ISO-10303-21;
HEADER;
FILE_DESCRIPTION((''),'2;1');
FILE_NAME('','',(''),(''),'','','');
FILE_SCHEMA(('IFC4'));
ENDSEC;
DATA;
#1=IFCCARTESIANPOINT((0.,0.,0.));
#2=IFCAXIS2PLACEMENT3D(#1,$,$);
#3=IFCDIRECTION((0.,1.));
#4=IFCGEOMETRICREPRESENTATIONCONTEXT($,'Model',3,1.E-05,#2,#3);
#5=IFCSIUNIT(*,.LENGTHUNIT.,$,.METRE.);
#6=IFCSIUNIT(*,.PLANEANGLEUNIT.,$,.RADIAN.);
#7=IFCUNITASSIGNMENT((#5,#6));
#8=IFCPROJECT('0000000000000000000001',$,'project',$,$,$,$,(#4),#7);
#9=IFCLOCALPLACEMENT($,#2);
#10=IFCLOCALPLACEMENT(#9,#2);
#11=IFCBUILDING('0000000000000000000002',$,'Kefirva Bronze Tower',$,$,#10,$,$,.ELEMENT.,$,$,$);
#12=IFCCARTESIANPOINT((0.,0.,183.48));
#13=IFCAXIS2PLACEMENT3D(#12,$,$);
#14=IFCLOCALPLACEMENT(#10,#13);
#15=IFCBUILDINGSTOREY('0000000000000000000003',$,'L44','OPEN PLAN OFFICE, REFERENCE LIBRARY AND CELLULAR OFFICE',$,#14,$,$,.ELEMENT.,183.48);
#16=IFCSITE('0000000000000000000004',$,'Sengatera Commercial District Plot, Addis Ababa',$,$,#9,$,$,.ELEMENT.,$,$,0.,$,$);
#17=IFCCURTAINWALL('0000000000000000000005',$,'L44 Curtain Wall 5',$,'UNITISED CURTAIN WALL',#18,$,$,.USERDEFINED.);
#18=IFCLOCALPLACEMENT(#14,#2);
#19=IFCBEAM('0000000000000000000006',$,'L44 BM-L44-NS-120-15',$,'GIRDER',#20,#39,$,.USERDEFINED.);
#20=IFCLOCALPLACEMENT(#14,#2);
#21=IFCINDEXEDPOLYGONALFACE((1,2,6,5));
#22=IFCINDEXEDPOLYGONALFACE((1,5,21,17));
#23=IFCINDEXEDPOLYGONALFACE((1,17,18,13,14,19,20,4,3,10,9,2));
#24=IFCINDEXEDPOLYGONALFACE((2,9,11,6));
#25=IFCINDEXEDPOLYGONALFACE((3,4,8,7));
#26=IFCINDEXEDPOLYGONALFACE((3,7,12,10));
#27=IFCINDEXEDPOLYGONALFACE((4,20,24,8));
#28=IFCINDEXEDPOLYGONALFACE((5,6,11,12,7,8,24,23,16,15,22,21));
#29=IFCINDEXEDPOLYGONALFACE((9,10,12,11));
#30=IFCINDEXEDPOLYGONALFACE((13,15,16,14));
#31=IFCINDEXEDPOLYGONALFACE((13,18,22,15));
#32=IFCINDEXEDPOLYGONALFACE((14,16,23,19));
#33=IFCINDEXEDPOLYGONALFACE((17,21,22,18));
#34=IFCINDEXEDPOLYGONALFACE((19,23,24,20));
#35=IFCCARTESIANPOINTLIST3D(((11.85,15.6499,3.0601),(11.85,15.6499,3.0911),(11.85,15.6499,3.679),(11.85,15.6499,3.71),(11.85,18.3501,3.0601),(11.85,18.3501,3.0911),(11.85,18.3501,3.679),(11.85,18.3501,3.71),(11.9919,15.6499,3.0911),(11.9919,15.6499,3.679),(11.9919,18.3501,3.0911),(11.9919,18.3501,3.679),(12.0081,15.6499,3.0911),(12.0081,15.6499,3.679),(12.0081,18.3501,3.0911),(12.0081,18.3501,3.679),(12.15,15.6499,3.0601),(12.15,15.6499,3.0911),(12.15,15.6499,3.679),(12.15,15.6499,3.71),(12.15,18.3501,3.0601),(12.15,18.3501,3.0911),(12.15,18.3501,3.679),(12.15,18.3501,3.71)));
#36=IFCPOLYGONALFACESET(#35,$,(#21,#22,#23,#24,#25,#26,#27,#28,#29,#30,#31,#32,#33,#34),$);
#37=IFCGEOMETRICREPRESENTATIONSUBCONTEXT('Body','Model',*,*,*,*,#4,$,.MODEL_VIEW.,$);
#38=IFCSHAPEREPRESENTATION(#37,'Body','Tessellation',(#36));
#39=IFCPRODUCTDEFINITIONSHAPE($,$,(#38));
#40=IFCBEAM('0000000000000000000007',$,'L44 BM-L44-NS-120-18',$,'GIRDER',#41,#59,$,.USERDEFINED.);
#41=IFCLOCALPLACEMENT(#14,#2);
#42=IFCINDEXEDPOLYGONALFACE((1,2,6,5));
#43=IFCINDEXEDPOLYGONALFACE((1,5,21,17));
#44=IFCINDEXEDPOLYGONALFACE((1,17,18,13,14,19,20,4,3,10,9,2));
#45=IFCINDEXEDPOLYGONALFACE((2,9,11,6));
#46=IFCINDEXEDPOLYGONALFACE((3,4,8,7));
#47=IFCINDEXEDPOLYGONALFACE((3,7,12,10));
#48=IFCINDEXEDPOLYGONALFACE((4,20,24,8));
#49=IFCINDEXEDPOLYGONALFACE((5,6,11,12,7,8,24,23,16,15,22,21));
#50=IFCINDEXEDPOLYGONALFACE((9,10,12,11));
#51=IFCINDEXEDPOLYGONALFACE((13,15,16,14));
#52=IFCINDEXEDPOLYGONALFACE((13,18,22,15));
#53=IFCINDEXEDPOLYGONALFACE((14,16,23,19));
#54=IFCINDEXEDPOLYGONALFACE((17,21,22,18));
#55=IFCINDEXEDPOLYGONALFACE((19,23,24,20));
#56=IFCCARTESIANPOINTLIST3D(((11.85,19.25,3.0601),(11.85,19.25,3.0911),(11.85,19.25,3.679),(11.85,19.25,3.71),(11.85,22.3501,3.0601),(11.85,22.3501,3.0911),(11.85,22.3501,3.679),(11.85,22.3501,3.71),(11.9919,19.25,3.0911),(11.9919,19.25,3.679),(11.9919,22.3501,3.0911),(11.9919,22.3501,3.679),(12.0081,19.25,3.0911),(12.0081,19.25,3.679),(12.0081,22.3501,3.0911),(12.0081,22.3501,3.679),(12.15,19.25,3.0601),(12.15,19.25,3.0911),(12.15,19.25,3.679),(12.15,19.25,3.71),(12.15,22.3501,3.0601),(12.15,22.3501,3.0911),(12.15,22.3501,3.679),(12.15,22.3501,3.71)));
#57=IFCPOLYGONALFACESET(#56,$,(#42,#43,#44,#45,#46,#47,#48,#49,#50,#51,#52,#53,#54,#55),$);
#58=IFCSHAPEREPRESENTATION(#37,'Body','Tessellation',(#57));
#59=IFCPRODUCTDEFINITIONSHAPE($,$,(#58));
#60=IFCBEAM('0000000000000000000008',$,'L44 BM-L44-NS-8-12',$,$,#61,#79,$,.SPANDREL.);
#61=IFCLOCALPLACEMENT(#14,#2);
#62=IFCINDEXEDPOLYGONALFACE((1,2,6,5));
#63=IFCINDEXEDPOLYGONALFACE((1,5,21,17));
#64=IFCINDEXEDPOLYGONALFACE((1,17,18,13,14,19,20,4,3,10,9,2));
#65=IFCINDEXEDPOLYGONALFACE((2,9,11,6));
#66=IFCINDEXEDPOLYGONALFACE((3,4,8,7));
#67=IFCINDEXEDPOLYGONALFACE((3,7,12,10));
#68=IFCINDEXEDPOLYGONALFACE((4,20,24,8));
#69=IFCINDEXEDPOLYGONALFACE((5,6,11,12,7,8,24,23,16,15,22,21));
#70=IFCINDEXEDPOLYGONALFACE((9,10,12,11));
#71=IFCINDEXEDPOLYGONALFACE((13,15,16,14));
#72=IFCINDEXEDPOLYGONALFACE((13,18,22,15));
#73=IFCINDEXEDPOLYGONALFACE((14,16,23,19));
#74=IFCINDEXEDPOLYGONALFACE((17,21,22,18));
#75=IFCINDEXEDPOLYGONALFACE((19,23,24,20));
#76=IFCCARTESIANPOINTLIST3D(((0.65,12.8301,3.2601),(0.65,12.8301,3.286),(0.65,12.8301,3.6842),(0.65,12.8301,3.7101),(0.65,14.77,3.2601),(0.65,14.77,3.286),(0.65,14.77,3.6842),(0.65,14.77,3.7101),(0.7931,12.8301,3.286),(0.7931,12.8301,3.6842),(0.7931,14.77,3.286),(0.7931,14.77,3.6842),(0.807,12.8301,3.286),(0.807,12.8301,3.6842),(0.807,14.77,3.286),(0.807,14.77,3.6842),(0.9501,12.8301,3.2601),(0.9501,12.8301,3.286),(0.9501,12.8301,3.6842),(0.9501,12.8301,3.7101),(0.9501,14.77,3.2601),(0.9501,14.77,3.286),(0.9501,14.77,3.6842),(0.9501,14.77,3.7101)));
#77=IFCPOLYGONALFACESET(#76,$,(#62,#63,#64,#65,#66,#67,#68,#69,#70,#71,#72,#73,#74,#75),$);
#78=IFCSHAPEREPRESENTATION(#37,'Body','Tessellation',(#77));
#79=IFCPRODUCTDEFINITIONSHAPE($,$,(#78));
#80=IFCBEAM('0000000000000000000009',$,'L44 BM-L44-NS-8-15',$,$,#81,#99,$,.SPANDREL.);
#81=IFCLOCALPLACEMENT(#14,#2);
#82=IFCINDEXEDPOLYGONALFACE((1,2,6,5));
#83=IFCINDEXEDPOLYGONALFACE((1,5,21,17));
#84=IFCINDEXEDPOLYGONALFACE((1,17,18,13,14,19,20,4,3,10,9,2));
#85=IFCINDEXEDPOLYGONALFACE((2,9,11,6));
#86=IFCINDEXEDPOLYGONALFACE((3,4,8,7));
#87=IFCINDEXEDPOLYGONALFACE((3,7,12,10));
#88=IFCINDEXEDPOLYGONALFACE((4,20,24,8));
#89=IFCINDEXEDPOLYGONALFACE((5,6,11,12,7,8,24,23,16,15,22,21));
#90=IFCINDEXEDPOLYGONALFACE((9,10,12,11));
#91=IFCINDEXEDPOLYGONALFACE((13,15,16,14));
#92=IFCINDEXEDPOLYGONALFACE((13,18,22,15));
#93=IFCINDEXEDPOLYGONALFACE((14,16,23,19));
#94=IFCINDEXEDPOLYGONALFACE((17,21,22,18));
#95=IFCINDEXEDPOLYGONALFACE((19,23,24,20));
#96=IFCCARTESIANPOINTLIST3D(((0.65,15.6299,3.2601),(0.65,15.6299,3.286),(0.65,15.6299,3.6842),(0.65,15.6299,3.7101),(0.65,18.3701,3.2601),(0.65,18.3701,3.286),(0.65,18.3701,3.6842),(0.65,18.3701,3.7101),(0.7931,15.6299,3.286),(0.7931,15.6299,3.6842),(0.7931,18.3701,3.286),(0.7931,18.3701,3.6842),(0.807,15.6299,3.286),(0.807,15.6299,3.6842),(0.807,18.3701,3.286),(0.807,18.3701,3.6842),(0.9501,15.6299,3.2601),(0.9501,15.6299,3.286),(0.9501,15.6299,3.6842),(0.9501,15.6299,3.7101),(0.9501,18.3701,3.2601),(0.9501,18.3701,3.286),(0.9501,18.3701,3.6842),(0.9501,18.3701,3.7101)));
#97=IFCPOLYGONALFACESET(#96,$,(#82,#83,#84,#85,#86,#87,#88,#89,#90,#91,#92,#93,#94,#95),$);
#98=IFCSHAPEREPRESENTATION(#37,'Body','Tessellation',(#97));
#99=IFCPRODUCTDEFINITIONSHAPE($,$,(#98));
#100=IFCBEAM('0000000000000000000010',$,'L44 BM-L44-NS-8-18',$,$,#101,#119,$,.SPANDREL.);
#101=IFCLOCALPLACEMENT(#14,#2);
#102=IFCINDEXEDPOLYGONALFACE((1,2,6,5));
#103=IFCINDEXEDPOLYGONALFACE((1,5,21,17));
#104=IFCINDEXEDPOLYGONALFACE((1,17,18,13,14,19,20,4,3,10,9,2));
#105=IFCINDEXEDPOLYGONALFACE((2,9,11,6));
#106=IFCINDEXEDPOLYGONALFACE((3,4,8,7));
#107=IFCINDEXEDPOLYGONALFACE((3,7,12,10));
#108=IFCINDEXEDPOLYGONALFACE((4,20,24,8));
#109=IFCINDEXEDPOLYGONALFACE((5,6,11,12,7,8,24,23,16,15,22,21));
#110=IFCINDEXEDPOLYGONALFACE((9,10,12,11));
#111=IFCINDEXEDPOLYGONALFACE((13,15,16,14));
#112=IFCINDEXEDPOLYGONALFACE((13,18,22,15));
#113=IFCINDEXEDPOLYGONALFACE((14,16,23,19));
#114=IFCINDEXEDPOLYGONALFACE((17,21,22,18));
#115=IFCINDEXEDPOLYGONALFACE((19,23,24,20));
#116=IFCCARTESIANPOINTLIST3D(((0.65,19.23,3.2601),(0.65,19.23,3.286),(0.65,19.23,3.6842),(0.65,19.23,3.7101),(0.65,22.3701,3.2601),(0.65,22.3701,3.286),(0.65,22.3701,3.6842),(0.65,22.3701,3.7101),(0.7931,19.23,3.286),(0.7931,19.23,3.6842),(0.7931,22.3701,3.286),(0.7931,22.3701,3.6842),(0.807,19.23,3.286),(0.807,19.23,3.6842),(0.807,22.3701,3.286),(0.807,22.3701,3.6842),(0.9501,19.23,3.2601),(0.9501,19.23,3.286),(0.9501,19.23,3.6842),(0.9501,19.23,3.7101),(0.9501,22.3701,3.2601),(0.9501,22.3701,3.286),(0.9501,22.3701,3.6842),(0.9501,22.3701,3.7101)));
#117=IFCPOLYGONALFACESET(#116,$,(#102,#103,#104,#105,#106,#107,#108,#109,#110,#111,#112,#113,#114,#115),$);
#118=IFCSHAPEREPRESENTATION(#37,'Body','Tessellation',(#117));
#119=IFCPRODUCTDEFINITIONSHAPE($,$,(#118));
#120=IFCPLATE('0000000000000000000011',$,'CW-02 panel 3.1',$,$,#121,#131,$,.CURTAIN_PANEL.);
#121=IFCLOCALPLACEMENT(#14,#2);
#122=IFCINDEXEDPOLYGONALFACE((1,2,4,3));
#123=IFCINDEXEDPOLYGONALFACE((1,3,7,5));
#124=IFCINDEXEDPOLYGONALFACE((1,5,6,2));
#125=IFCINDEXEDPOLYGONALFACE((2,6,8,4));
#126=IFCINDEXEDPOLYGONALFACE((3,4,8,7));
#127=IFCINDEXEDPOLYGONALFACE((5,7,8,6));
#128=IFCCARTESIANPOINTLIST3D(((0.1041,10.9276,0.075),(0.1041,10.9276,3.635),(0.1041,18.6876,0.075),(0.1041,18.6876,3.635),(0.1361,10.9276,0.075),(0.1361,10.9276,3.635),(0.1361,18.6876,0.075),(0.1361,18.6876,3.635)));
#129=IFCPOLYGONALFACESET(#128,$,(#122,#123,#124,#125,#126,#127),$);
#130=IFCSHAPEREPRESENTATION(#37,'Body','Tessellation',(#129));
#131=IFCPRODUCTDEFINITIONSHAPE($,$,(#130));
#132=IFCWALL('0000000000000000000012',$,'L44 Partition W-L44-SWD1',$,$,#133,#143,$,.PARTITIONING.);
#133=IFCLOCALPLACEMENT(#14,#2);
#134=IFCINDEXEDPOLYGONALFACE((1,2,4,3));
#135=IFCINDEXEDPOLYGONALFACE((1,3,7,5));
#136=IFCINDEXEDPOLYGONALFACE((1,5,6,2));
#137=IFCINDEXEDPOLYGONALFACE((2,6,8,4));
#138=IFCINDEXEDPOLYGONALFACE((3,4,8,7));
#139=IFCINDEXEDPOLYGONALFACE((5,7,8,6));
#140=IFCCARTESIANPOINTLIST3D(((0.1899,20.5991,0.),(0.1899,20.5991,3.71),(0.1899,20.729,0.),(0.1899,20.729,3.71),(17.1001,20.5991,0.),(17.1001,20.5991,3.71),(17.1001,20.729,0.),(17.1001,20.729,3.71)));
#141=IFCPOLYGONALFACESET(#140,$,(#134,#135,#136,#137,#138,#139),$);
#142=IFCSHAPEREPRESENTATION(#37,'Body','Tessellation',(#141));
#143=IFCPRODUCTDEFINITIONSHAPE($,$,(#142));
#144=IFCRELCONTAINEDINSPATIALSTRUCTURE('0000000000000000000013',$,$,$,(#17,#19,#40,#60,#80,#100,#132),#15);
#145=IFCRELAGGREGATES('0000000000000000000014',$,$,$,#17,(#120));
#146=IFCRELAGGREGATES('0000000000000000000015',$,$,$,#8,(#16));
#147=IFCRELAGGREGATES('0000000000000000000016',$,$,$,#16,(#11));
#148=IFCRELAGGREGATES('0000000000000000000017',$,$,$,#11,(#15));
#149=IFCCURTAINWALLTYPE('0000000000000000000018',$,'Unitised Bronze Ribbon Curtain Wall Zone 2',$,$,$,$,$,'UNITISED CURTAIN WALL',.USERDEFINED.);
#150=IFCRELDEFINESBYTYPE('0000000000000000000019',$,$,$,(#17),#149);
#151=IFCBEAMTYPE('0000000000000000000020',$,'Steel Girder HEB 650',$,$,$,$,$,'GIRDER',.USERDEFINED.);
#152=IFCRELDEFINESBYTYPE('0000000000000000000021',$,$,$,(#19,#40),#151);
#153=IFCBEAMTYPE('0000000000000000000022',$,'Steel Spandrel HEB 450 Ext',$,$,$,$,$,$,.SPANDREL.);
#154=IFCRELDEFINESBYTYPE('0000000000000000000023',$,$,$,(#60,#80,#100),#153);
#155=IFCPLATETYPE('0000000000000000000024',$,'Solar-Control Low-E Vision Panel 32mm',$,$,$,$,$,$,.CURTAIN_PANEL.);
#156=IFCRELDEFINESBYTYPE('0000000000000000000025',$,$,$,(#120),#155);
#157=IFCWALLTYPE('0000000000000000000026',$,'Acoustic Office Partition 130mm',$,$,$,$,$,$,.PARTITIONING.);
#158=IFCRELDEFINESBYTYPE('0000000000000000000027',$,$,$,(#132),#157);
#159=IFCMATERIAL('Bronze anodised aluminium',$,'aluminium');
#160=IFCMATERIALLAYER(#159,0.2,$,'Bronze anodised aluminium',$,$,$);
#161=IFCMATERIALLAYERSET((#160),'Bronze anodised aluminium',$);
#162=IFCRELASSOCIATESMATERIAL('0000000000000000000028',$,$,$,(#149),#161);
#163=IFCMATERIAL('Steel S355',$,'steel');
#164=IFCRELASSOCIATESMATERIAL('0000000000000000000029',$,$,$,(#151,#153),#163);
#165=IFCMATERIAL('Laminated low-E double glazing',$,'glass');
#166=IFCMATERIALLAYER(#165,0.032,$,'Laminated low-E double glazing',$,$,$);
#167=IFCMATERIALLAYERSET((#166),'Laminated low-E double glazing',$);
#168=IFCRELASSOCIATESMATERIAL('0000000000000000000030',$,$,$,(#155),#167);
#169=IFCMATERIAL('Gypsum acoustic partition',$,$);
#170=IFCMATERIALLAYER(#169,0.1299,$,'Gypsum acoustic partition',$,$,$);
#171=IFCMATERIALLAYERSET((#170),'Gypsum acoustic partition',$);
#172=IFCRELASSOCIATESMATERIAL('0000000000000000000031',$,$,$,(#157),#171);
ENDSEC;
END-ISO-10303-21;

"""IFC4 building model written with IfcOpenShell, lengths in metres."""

from ifc_helpers import new_model, si_unit, direction, frame, frame_2d, origin, origin_2d, place, context, subcontext, project, spatial, rectangle, i_section, extrude, material, layer, layer_set, material_profile, profile_set, type_object, element, aggregate, save


model = new_model("IFC4")

# Units and contexts
model_context = context("Model", 3, precision=1e-05, world=origin(), true_north=direction((0.0, 1.0)))
body_context = subcontext(model_context, "Body", "Model", "MODEL_VIEW")
ifc_project = project(units=[si_unit("LENGTHUNIT", "METRE"), si_unit("PLANEANGLEUNIT", "RADIAN")], contexts=[model_context])

# Site, building, storey
site_placement = place(None, origin())
site = spatial("IfcSite", under=ifc_project, at=site_placement, Name="Sengatera Commercial District Plot, Addis Ababa", CompositionType="ELEMENT", RefElevation=0.0)
building_placement = place(site_placement, origin())
building = spatial("IfcBuilding", under=site, at=building_placement, Name="Kefirva Bronze Tower", CompositionType="ELEMENT")
storey_placement = place(building_placement, frame((0.0, 0.0, 183.48)))
storey = spatial("IfcBuildingStorey", under=building, at=storey_placement, Name="L44", Description="OPEN PLAN OFFICE, REFERENCE LIBRARY AND CELLULAR OFFICE", CompositionType="ELEMENT", Elevation=183.48)

# Curtain wall
ifc_material_1 = material(Name="Bronze anodised aluminium", Category="aluminium")
ifc_layer_1 = layer(ifc_material_1, 0.2, Name="Bronze anodised aluminium")
ifc_layer_set_1 = layer_set([ifc_layer_1], Name="Bronze anodised aluminium")
curtain_wall_type = type_object("IfcCurtainWallType", Name="Unitised Bronze Ribbon Curtain Wall Zone 2", ElementType="UNITISED CURTAIN WALL", PredefinedType="USERDEFINED", material=ifc_layer_set_1)
curtain_wall_placement = place(storey_placement, origin())
curtain_wall = element("IfcCurtainWall", 1, at=curtain_wall_placement, inside=storey, type_object=curtain_wall_type, Name="L44 Curtain Wall 5", ObjectType="UNITISED CURTAIN WALL", PredefinedType="USERDEFINED")

# Beams
ifc_material_2 = material(Name="Steel S355", Category="steel")
ifc_material_profile_1 = material_profile(ifc_material_2, i_section(OverallWidth=0.3, OverallDepth=0.6499, WebThickness=0.0161, FlangeThickness=0.031, at=origin_2d()), Name="HEB 650")
ifc_profile_set_1 = profile_set([ifc_material_profile_1], Name="Steel S355")
beam_type_1 = type_object("IfcBeamType", Name="Steel Girder HEB 650", ElementType="GIRDER", PredefinedType="USERDEFINED", material=ifc_profile_set_1)
beam_1_placement = place(storey_placement, frame((12.0, 15.6499, 3.385), z_axis=(0.0, 1.0, 0.0), x_axis=(-1.0, 0.0, 0.0)))
element("IfcBeam", 2, at=beam_1_placement, inside=storey, type_object=beam_type_1, Name="L44 BM-L44-NS-120-15", ObjectType="GIRDER", PredefinedType="USERDEFINED", context=body_context, shape_type="SweptSolid", body=[
    extrude(i_section(OverallWidth=0.3, OverallDepth=0.6499, WebThickness=0.0161, FlangeThickness=0.031, at=origin_2d()), origin(), (0.0, 0.0, 1.0), 2.7002),
])
beam_2_placement = place(storey_placement, frame((12.0, 19.25, 3.385), z_axis=(0.0, 1.0, 0.0), x_axis=(-1.0, 0.0, 0.0)))
element("IfcBeam", 3, at=beam_2_placement, inside=storey, type_object=beam_type_1, Name="L44 BM-L44-NS-120-18", ObjectType="GIRDER", PredefinedType="USERDEFINED", context=body_context, shape_type="SweptSolid", body=[
    extrude(i_section(OverallWidth=0.3, OverallDepth=0.6499, WebThickness=0.0161, FlangeThickness=0.031, at=origin_2d()), origin(), (0.0, 0.0, 1.0), 3.1001),
])
ifc_material_profile_2 = material_profile(ifc_material_2, i_section(OverallWidth=0.3, OverallDepth=0.45, WebThickness=0.0139, FlangeThickness=0.0259, at=origin_2d()), Name="HEB 450")
ifc_profile_set_2 = profile_set([ifc_material_profile_2], Name="Steel S355")
beam_type_2 = type_object("IfcBeamType", Name="Steel Spandrel HEB 450 Ext", PredefinedType="SPANDREL", material=ifc_profile_set_2)
beam_3_placement = place(storey_placement, frame((0.8, 12.8301, 3.4851), z_axis=(0.0, 1.0, 0.0), x_axis=(-1.0, 0.0, 0.0)))
element("IfcBeam", 4, at=beam_3_placement, inside=storey, type_object=beam_type_2, Name="L44 BM-L44-NS-8-12", PredefinedType="SPANDREL", context=body_context, shape_type="SweptSolid", body=[
    extrude(i_section(OverallWidth=0.3, OverallDepth=0.45, WebThickness=0.0139, FlangeThickness=0.0259, at=origin_2d()), origin(), (0.0, 0.0, 1.0), 1.9399),
])
beam_4_placement = place(storey_placement, frame((0.8, 15.6299, 3.4851), z_axis=(0.0, 1.0, 0.0), x_axis=(-1.0, 0.0, 0.0)))
element("IfcBeam", 5, at=beam_4_placement, inside=storey, type_object=beam_type_2, Name="L44 BM-L44-NS-8-15", PredefinedType="SPANDREL", context=body_context, shape_type="SweptSolid", body=[
    extrude(i_section(OverallWidth=0.3, OverallDepth=0.45, WebThickness=0.0139, FlangeThickness=0.0259, at=origin_2d()), origin(), (0.0, 0.0, 1.0), 2.7402),
])
beam_5_placement = place(storey_placement, frame((0.8, 19.23, 3.4851), z_axis=(0.0, 1.0, 0.0), x_axis=(-1.0, 0.0, 0.0)))
element("IfcBeam", 6, at=beam_5_placement, inside=storey, type_object=beam_type_2, Name="L44 BM-L44-NS-8-18", PredefinedType="SPANDREL", context=body_context, shape_type="SweptSolid", body=[
    extrude(i_section(OverallWidth=0.3, OverallDepth=0.45, WebThickness=0.0139, FlangeThickness=0.0259, at=origin_2d()), origin(), (0.0, 0.0, 1.0), 3.1401),
])

# Plate
ifc_material_3 = material(Name="Laminated low-E double glazing", Category="glass")
ifc_layer_2 = layer(ifc_material_3, 0.032, Name="Laminated low-E double glazing")
ifc_layer_set_2 = layer_set([ifc_layer_2], Name="Laminated low-E double glazing")
plate_type = type_object("IfcPlateType", Name="Solar-Control Low-E Vision Panel 32mm", PredefinedType="CURTAIN_PANEL", material=ifc_layer_set_2)
plate_placement = place(storey_placement, frame((0.1201, 14.8076, 0.075), z_axis=(0.0, 0.0, 1.0), x_axis=(0.0, -1.0, 0.0)))
plate = element("IfcPlate", 7, at=plate_placement, type_object=plate_type, Name="CW-02 panel 3.1", PredefinedType="CURTAIN_PANEL", context=body_context, shape_type="SweptSolid", body=[
    extrude(rectangle(XDim=7.76, YDim=0.032, at=origin_2d()), origin(), (0.0, 0.0, 1.0), 3.5601),
])
aggregate(curtain_wall, [plate])

# Wall
ifc_material_4 = material(Name="Gypsum acoustic partition")
ifc_layer_3 = layer(ifc_material_4, 0.1299, Name="Gypsum acoustic partition")
ifc_layer_set_3 = layer_set([ifc_layer_3], Name="Gypsum acoustic partition")
wall_type_1 = type_object("IfcWallType", Name="Acoustic Office Partition 130mm", PredefinedType="PARTITIONING", material=ifc_layer_set_3)
wall_1_placement = place(storey_placement, frame((0.1899, 20.6641, 0.0), z_axis=(0.0, 0.0, 1.0), x_axis=(1.0, 0.0, 0.0)))
element("IfcWall", 8, at=wall_1_placement, inside=storey, type_object=wall_type_1, Name="L44 Partition W-L44-SWD1", PredefinedType="PARTITIONING", context=body_context, shape_type="SweptSolid", body=[
    extrude(rectangle(XDim=16.9102, YDim=0.1299, at=frame_2d((8.4551, 0.0))), origin(), (0.0, 0.0, 1.0), 3.71),
])

save(model, "model.ifc")
